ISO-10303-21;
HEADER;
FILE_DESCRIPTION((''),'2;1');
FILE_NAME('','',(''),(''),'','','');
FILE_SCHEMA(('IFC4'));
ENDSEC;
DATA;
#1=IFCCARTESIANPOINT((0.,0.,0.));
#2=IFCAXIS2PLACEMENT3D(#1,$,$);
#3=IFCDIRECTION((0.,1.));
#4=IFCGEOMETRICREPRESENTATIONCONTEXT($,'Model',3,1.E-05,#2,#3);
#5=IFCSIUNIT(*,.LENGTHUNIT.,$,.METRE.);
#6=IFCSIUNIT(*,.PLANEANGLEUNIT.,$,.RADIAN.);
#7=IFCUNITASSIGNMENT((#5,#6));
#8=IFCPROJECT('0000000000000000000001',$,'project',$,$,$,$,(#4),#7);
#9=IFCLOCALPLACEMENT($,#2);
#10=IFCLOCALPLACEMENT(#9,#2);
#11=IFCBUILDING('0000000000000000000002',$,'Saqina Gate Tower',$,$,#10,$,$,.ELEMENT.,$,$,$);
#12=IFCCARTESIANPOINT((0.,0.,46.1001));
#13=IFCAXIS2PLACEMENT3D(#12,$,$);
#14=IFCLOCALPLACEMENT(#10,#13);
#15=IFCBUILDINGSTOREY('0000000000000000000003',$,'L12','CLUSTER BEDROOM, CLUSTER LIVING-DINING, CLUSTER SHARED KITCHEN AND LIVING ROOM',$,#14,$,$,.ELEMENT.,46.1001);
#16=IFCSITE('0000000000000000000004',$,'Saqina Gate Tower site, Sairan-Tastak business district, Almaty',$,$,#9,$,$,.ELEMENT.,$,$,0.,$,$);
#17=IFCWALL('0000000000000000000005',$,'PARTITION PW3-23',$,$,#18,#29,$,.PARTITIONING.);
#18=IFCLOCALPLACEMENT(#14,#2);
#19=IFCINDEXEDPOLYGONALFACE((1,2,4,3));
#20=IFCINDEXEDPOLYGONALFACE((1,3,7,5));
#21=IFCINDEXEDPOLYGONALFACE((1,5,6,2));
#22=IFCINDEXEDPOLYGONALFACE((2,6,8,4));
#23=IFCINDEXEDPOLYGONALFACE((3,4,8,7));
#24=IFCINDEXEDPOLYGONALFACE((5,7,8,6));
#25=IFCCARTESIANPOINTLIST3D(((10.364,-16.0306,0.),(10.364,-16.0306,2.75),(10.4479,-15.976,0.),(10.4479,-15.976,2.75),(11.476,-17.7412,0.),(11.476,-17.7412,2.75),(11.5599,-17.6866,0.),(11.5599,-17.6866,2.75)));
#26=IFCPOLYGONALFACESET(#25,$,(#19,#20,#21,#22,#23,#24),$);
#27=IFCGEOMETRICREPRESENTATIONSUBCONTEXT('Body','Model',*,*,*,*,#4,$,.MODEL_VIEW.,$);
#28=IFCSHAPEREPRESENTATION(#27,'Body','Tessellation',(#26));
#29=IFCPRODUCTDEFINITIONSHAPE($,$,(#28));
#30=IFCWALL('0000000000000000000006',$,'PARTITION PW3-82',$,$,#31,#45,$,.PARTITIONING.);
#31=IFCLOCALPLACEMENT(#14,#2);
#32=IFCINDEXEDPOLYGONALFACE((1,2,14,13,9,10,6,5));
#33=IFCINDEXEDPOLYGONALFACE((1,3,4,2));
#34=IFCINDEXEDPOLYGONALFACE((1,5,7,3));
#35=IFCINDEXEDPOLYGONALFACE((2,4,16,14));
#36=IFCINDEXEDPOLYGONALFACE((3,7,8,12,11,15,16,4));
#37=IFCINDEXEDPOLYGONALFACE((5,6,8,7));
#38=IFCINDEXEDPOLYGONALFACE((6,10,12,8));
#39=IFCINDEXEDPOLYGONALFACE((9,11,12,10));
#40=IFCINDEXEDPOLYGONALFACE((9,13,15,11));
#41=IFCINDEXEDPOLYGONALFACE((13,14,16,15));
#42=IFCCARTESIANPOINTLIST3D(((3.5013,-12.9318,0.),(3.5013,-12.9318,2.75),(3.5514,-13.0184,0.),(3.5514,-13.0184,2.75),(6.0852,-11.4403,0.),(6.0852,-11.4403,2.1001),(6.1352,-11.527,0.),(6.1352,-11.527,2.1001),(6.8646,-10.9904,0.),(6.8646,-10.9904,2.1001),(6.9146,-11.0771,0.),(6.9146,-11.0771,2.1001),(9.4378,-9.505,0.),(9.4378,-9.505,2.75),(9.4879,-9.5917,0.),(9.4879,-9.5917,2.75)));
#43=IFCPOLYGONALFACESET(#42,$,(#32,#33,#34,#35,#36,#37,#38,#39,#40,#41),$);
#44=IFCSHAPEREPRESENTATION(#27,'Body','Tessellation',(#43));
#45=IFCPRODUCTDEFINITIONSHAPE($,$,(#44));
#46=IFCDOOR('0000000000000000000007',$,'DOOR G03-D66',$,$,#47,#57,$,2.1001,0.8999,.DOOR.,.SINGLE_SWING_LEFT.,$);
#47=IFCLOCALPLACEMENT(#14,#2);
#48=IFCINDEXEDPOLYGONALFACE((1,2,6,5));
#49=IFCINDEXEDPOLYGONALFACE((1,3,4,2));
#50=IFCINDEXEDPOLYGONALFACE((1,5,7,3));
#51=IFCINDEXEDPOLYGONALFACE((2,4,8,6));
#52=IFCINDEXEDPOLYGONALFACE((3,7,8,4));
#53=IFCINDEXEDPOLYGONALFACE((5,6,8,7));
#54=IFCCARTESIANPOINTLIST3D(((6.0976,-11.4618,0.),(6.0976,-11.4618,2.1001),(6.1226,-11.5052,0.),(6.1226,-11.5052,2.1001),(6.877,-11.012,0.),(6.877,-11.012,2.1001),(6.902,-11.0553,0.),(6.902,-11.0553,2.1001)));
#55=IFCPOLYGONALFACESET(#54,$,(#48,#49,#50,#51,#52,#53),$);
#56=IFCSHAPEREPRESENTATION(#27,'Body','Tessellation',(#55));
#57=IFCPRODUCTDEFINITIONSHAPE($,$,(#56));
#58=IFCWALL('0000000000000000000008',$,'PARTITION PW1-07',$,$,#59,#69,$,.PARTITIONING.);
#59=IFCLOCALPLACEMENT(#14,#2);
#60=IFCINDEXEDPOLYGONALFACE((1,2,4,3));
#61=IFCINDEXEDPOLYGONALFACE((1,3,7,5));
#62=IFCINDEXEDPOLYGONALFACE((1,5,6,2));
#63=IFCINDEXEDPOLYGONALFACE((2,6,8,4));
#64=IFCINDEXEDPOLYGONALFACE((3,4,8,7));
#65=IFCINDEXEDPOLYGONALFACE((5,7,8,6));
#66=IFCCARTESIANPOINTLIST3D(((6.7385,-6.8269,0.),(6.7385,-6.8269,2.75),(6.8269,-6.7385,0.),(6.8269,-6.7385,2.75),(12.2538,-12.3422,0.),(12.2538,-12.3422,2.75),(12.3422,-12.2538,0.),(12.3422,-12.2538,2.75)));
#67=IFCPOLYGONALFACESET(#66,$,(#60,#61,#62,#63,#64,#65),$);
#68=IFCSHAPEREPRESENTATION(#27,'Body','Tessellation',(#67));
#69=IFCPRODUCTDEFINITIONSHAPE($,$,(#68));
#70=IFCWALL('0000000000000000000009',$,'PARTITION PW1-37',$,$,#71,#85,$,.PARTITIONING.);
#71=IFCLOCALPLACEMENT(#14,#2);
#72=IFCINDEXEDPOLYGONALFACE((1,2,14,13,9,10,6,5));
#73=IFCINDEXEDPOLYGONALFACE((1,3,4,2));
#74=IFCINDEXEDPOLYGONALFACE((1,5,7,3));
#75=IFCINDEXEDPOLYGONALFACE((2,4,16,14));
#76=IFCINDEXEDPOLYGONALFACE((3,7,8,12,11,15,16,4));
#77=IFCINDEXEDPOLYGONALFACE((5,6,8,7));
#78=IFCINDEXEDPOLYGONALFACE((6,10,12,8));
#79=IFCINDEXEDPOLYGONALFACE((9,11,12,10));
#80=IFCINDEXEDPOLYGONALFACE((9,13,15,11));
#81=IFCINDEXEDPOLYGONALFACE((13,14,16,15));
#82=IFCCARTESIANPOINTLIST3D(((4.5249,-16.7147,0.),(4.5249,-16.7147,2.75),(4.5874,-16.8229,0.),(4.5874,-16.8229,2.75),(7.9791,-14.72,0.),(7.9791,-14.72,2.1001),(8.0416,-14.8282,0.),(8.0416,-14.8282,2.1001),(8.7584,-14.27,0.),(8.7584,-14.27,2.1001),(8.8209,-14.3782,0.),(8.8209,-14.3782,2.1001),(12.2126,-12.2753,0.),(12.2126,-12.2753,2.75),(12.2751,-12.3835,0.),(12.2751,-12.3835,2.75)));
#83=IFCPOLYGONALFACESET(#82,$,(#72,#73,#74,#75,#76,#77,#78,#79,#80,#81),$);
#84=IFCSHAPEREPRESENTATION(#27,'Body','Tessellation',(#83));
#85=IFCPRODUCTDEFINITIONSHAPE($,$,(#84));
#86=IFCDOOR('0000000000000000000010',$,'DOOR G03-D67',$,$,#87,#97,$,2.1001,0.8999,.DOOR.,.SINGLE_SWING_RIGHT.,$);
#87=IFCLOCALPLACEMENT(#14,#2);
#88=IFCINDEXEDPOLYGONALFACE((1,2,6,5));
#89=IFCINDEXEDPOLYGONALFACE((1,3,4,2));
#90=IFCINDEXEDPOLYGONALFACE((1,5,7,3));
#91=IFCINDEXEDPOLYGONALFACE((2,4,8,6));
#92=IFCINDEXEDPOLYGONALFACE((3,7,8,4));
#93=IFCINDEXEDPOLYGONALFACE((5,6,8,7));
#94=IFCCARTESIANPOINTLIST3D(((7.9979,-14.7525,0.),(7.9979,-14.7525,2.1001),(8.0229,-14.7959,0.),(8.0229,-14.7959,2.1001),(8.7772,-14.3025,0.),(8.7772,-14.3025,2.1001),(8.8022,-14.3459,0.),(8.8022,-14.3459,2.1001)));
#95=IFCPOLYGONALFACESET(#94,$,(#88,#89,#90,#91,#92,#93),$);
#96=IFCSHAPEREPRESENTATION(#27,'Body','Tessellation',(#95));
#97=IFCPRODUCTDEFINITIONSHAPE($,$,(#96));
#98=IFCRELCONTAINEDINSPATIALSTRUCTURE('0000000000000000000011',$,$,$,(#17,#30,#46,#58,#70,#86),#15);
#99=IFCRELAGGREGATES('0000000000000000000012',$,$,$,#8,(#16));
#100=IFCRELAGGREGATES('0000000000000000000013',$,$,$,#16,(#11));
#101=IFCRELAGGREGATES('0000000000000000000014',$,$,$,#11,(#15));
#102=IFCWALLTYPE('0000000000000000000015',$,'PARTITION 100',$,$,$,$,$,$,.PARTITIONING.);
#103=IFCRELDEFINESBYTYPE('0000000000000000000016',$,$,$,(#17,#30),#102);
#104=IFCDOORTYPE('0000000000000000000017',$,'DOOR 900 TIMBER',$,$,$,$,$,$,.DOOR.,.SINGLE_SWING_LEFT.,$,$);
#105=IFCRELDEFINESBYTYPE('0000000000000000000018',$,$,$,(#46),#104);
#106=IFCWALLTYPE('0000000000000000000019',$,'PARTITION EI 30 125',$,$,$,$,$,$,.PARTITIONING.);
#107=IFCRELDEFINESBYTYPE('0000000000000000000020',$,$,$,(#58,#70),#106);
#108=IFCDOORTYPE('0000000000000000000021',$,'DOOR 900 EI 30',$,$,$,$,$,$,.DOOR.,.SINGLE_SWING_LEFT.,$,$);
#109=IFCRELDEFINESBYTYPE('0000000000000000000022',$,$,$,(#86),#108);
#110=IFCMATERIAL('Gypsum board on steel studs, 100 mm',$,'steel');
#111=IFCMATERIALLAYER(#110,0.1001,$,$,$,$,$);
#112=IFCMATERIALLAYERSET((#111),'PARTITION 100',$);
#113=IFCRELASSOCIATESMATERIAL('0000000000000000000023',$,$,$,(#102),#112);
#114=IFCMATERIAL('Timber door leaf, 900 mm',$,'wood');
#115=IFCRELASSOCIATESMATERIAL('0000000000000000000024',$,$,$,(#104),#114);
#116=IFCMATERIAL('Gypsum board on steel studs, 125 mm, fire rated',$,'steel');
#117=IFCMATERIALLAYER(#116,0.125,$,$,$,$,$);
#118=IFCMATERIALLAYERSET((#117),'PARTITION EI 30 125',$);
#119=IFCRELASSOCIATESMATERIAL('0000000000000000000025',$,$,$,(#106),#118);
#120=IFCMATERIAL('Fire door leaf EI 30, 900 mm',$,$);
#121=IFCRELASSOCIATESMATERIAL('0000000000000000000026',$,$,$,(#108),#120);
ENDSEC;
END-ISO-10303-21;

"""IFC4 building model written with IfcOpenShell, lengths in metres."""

from ifc_helpers import new_model, si_unit, direction, frame, frame_2d, origin, place, context, subcontext, project, spatial, rectangle, extrude, material, layer, layer_set, type_object, element, fill, save


model = new_model("IFC4")

# Units and contexts
model_context = context("Model", 3, precision=1e-05, world=origin(), true_north=direction((0.0, 1.0)))
body_context = subcontext(model_context, "Body", "Model", "MODEL_VIEW")
ifc_project = project(units=[si_unit("LENGTHUNIT", "METRE"), si_unit("PLANEANGLEUNIT", "RADIAN")], contexts=[model_context])

# Site, building, storey
site_placement = place(None, origin())
site = spatial("IfcSite", under=ifc_project, at=site_placement, Name="Saqina Gate Tower site, Sairan-Tastak business district, Almaty", CompositionType="ELEMENT", RefElevation=0.0)
building_placement = place(site_placement, origin())
building = spatial("IfcBuilding", under=site, at=building_placement, Name="Saqina Gate Tower", CompositionType="ELEMENT")
storey_placement = place(building_placement, frame((0.0, 0.0, 46.1001)))
storey = spatial("IfcBuildingStorey", under=building, at=storey_placement, Name="L12", Description="CLUSTER BEDROOM, CLUSTER LIVING-DINING, CLUSTER SHARED KITCHEN AND LIVING ROOM", CompositionType="ELEMENT", Elevation=46.1001)

# Wall
ifc_material_1 = material(Name="Gypsum board on steel studs, 100 mm", Category="steel")
ifc_layer_1 = layer(ifc_material_1, 0.1001)
ifc_layer_set_1 = layer_set([ifc_layer_1], Name="PARTITION 100")
wall_type_1 = type_object("IfcWallType", Name="PARTITION 100", PredefinedType="PARTITIONING", material=ifc_layer_set_1)
wall_1_placement = place(storey_placement, frame((10.406, -16.0034, 0.0), z_axis=(0.0, 0.0, 1.0), x_axis=(0.545026, -0.838419, 0.0)))
element("IfcWall", 1, at=wall_1_placement, inside=storey, type_object=wall_type_1, Name="PARTITION PW3-23", PredefinedType="PARTITIONING", context=body_context, shape_type="SweptSolid", body=[
    extrude(rectangle(XDim=2.0403, YDim=0.1001, at=frame_2d((1.02, 0.0))), origin(), (0.0, 0.0, 1.0), 2.75),
])

# Wall, opening, door
wall_2_placement = place(storey_placement, frame((3.5264, -12.9751, 0.0), z_axis=(0.0, 0.0, 1.0), x_axis=(0.866069, 0.499924, 0.0)))
wall_2 = element("IfcWall", 2, at=wall_2_placement, inside=storey, type_object=wall_type_1, Name="PARTITION PW3-82", PredefinedType="PARTITIONING", context=body_context, shape_type="SweptSolid", body=[
    extrude(rectangle(XDim=6.8545, YDim=0.1001, at=frame_2d((3.4272, 0.0))), origin(), (0.0, 0.0, 1.0), 2.75),
])
opening_1_placement = place(wall_2_placement, frame((2.9834, 0.0, 0.0)))
opening_1 = element("IfcOpeningElement", 3, at=opening_1_placement, cuts=wall_2, PredefinedType="OPENING", context=body_context, shape_type="SweptSolid", body=[
    extrude(rectangle(XDim=0.8999, YDim=2.1001, at=frame_2d((0.45, 1.05))), frame((0.0, 0.062, 0.0), z_axis=(0.0, -1.0, 0.0), x_axis=(1.0, 0.0, 0.0)), (0.0, 0.0, 1.0), 0.124),
])
ifc_material_2 = material(Name="Timber door leaf, 900 mm", Category="wood")
door_type_1 = type_object("IfcDoorType", Name="DOOR 900 TIMBER", OperationType="SINGLE_SWING_LEFT", PredefinedType="DOOR", material=ifc_material_2)
door_1_placement = place(opening_1_placement, frame((0.8999, 0.0, 0.0), z_axis=(0.0, 0.0, 1.0), x_axis=(-1.0, 0.0, 0.0)))
door_1 = element("IfcDoor", 4, at=door_1_placement, inside=storey, type_object=door_type_1, Name="DOOR G03-D66", OperationType="SINGLE_SWING_LEFT", OverallHeight=2.1001, OverallWidth=0.8999, PredefinedType="DOOR", context=body_context, shape_type="SweptSolid", body=[
    extrude(rectangle(XDim=0.8999, YDim=2.1001, at=frame_2d((0.45, 1.05))), frame((0.0, 0.0249, 0.0), z_axis=(0.0, -1.0, 0.0), x_axis=(1.0, 0.0, 0.0)), (0.0, 0.0, 1.0), 0.05),
])
fill(opening_1, door_1)

# Wall
ifc_material_3 = material(Name="Gypsum board on steel studs, 125 mm, fire rated", Category="steel")
ifc_layer_2 = layer(ifc_material_3, 0.125)
ifc_layer_set_2 = layer_set([ifc_layer_2], Name="PARTITION EI 30 125")
wall_type_2 = type_object("IfcWallType", Name="PARTITION EI 30 125", PredefinedType="PARTITIONING", material=ifc_layer_set_2)
wall_3_placement = place(storey_placement, frame((6.7827, -6.7827, 0.0), z_axis=(0.0, 0.0, 1.0), x_axis=(0.707107, -0.707107, 0.0)))
element("IfcWall", 5, at=wall_3_placement, inside=storey, type_object=wall_type_2, Name="PARTITION PW1-07", PredefinedType="PARTITIONING", context=body_context, shape_type="SweptSolid", body=[
    extrude(rectangle(XDim=7.7998, YDim=0.125, at=frame_2d((3.8999, 0.0))), origin(), (0.0, 0.0, 1.0), 2.75),
])

# Wall, opening, door
wall_4_placement = place(storey_placement, frame((4.5562, -16.7688, 0.0), z_axis=(0.0, 0.0, 1.0), x_axis=(0.86598, 0.500079, 0.0)))
wall_4 = element("IfcWall", 6, at=wall_4_placement, inside=storey, type_object=wall_type_2, Name="PARTITION PW1-37", PredefinedType="PARTITIONING", context=body_context, shape_type="SweptSolid", body=[
    extrude(rectangle(XDim=8.8774, YDim=0.125, at=frame_2d((4.4387, 0.0))), origin(), (0.0, 0.0, 1.0), 2.75),
])
opening_2_placement = place(wall_4_placement, frame((3.9888, 0.0, 0.0)))
opening_2 = element("IfcOpeningElement", 7, at=opening_2_placement, cuts=wall_4, PredefinedType="OPENING", context=body_context, shape_type="SweptSolid", body=[
    extrude(rectangle(XDim=0.8999, YDim=2.1001, at=frame_2d((0.45, 1.05))), frame((0.0, 0.0745, 0.0), z_axis=(0.0, -1.0, 0.0), x_axis=(1.0, 0.0, 0.0)), (0.0, 0.0, 1.0), 0.1489),
])
ifc_material_4 = material(Name="Fire door leaf EI 30, 900 mm")
door_type_2 = type_object("IfcDoorType", Name="DOOR 900 EI 30", OperationType="SINGLE_SWING_LEFT", PredefinedType="DOOR", material=ifc_material_4)
door_2_placement = place(opening_2_placement, origin())
door_2 = element("IfcDoor", 8, at=door_2_placement, inside=storey, type_object=door_type_2, Name="DOOR G03-D67", OperationType="SINGLE_SWING_RIGHT", OverallHeight=2.1001, OverallWidth=0.8999, PredefinedType="DOOR", context=body_context, shape_type="SweptSolid", body=[
    extrude(rectangle(XDim=0.8999, YDim=2.1001, at=frame_2d((0.45, 1.05))), frame((0.0, 0.0249, 0.0), z_axis=(0.0, -1.0, 0.0), x_axis=(1.0, 0.0, 0.0)), (0.0, 0.0, 1.0), 0.05),
])
fill(opening_2, door_2)

save(model, "model.ifc")
